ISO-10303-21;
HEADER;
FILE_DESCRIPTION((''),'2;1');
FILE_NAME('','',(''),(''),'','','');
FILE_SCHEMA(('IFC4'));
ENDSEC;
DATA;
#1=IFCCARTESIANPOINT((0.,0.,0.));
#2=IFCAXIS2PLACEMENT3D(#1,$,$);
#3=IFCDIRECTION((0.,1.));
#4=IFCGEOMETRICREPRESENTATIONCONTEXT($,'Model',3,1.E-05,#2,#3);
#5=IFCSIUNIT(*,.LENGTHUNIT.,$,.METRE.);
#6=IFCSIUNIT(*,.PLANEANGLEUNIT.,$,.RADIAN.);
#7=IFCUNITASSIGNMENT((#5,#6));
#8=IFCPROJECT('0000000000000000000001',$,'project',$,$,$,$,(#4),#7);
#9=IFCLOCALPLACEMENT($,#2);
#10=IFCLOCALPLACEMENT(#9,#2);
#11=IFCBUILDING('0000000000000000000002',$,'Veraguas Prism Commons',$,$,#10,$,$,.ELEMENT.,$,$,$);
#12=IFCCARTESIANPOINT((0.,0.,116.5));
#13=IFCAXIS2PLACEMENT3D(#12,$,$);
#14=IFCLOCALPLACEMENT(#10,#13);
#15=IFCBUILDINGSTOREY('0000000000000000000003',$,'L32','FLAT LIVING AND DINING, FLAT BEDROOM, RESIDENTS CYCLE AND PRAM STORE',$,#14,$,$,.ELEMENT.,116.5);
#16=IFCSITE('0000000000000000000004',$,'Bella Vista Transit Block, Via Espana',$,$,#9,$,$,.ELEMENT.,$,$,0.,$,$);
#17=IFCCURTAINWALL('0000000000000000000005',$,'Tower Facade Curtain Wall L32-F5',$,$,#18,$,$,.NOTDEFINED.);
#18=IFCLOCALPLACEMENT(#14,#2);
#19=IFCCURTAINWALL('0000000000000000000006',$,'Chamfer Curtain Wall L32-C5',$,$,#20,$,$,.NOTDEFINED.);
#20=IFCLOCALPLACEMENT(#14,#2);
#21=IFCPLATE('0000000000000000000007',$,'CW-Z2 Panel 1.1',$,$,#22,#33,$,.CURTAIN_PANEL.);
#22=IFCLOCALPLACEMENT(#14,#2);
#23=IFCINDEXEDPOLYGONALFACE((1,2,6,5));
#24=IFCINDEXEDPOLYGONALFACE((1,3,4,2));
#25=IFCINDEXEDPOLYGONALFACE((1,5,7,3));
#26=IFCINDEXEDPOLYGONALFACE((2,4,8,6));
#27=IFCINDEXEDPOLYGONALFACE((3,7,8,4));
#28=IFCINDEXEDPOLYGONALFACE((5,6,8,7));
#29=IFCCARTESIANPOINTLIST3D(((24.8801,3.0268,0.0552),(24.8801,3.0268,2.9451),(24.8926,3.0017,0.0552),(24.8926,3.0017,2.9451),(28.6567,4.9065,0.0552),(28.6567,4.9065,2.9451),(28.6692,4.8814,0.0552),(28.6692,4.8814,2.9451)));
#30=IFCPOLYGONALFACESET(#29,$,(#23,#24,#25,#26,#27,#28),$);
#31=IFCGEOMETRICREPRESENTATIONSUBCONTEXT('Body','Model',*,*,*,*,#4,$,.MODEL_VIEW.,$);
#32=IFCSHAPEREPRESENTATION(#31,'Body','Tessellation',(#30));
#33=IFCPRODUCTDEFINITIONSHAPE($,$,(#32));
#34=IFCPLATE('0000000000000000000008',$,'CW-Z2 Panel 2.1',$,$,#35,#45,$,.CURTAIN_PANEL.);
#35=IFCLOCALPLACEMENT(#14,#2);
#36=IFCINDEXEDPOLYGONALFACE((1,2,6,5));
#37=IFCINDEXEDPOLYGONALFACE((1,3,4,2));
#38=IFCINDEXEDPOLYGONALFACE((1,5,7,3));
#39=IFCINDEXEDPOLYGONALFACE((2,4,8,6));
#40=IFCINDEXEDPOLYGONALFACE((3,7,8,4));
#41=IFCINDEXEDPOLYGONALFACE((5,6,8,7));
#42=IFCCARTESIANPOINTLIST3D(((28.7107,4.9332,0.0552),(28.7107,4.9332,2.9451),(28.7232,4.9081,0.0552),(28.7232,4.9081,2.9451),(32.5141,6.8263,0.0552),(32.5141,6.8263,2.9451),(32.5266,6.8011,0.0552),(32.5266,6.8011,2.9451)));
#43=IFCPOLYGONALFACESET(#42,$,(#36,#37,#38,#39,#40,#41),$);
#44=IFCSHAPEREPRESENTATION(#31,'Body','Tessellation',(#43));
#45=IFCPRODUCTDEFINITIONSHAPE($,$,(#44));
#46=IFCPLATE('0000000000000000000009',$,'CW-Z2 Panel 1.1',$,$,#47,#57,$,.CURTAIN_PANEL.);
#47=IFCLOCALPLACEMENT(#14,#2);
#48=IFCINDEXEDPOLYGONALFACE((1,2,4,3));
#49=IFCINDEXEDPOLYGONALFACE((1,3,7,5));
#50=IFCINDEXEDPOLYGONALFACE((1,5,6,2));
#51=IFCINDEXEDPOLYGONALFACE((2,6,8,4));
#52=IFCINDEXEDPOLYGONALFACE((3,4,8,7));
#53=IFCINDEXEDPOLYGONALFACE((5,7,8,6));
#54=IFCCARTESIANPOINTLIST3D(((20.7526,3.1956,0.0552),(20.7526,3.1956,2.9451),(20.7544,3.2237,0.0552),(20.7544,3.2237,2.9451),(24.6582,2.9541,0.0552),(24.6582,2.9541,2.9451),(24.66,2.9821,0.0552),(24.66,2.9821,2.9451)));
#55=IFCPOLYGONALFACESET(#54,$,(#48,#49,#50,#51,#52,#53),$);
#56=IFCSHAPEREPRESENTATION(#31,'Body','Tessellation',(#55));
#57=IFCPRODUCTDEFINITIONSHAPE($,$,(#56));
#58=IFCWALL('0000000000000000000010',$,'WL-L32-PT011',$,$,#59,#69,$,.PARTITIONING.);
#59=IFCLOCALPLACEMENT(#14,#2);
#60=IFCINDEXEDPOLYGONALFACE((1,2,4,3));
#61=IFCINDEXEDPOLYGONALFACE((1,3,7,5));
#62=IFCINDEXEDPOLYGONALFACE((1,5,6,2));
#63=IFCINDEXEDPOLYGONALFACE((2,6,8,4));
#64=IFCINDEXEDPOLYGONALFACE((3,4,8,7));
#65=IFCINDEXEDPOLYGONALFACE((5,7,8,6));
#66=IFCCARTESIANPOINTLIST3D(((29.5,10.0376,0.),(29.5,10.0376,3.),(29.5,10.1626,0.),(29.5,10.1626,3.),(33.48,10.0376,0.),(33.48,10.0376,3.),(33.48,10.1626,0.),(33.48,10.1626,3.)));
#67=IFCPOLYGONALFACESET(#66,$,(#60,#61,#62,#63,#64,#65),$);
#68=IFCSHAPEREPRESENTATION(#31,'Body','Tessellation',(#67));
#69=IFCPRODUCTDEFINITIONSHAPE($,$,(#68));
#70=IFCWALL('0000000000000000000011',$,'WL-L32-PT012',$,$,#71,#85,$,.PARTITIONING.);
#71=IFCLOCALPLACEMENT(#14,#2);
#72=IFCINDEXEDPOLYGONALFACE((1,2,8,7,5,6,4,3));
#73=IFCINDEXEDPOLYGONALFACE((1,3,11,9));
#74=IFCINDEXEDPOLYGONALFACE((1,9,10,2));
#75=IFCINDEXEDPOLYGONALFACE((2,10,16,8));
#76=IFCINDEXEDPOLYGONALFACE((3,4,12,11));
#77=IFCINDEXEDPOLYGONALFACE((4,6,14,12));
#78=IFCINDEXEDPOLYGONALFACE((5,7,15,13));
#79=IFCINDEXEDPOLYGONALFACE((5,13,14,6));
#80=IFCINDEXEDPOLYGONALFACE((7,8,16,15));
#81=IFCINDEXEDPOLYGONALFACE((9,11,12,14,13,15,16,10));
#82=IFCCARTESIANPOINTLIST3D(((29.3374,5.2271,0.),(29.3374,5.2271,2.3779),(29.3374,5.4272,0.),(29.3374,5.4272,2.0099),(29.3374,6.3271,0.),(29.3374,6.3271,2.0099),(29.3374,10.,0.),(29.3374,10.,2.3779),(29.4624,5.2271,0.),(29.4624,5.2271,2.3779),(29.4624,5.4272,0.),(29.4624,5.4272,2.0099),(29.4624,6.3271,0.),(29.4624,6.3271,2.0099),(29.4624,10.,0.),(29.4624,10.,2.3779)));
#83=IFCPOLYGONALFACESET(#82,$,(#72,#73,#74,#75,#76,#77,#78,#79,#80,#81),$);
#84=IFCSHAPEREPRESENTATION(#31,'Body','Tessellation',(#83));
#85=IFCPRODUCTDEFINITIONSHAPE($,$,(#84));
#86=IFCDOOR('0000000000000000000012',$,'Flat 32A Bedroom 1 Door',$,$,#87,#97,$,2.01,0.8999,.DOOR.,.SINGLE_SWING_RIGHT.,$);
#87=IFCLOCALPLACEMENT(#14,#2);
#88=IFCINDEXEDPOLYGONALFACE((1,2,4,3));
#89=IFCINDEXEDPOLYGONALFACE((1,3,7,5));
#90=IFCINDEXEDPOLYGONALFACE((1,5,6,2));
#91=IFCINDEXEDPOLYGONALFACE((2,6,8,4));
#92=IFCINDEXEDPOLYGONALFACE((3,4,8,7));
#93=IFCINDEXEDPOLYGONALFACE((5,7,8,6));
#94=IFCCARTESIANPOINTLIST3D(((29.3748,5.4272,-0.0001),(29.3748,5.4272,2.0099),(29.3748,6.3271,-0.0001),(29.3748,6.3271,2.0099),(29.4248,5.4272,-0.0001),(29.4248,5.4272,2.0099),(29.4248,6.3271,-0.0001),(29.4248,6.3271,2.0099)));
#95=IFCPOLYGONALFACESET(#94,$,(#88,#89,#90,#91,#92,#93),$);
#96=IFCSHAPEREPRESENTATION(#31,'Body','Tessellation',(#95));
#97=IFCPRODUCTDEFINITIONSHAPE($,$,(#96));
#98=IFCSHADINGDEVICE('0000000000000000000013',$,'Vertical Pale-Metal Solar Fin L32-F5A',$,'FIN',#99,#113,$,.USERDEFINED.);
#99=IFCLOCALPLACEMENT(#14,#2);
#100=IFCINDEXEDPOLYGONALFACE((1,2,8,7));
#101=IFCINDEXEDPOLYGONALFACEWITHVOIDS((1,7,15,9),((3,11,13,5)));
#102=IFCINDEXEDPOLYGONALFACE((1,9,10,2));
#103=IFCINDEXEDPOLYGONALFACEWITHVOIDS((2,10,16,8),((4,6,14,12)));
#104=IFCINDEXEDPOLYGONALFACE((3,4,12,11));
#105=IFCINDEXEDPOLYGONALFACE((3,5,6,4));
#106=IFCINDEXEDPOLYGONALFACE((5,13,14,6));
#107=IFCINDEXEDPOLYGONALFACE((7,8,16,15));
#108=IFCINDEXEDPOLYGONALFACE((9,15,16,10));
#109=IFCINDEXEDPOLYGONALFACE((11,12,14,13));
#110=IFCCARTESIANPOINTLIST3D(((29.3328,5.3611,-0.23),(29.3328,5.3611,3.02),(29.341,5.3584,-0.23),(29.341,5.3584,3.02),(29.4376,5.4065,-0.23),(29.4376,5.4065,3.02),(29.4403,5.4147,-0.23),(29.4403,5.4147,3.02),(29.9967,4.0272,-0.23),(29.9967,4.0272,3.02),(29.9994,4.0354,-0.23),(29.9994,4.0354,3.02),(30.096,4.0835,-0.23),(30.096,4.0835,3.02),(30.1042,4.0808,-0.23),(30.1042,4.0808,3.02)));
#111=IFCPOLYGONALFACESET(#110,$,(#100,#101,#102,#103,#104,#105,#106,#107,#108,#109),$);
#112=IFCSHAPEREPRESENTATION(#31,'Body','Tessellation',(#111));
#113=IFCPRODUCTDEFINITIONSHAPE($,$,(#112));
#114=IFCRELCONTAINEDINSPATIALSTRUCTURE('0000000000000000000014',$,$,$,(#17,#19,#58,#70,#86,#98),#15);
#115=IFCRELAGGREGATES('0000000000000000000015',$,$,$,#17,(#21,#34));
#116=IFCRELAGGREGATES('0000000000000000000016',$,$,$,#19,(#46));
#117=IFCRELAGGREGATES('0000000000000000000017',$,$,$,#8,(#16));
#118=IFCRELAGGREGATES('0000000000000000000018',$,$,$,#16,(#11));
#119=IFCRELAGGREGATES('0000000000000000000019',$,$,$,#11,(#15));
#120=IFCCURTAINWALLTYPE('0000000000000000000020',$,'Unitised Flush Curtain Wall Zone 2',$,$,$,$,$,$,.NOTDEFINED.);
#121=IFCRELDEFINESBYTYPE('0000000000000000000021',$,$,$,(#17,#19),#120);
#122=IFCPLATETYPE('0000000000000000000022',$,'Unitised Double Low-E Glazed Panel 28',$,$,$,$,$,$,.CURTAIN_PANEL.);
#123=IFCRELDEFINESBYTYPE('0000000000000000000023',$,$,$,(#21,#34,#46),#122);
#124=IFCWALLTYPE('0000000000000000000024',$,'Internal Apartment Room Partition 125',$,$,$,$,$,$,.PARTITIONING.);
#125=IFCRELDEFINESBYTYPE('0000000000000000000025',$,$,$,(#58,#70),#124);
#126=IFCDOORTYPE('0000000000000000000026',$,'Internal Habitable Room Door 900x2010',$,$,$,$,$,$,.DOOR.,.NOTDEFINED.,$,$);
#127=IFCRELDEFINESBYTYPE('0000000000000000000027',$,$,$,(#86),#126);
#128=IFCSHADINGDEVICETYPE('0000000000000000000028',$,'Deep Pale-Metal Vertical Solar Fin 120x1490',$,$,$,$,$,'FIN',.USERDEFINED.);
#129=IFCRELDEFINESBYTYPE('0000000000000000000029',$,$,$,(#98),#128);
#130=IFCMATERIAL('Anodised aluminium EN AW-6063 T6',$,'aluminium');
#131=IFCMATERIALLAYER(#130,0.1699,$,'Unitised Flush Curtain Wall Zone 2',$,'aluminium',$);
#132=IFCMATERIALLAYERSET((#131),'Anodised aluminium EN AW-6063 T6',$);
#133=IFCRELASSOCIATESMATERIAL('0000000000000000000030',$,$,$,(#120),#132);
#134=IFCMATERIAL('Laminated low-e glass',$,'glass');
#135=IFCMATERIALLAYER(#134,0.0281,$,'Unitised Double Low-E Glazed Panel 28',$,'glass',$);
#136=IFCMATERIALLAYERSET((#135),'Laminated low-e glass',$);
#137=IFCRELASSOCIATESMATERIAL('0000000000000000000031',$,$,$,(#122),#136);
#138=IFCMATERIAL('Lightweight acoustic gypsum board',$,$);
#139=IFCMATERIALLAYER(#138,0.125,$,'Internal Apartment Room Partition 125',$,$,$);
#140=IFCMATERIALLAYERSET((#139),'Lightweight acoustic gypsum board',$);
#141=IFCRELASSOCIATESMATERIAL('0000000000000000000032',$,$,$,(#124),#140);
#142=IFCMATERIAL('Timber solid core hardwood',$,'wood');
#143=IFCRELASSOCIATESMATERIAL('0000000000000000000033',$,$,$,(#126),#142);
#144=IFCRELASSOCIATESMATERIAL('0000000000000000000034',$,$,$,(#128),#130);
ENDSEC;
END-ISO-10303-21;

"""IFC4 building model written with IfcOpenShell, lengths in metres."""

from ifc_helpers import new_model, si_unit, direction, frame, frame_2d, origin, origin_2d, place, context, subcontext, project, spatial, rectangle, hollow_rectangle, extrude, source, transform, mapped, material, layer, layer_set, material_profile, profile_set, type_object, element, fill, aggregate, save


model = new_model("IFC4")

# Units and contexts
model_context = context("Model", 3, precision=1e-05, world=origin(), true_north=direction((0.0, 1.0)))
body_context = subcontext(model_context, "Body", "Model", "MODEL_VIEW")
ifc_project = project(units=[si_unit("LENGTHUNIT", "METRE"), si_unit("PLANEANGLEUNIT", "RADIAN")], contexts=[model_context])

# Site, building, storey
site_placement = place(None, origin())
site = spatial("IfcSite", under=ifc_project, at=site_placement, Name="Bella Vista Transit Block, Via Espana", CompositionType="ELEMENT", RefElevation=0.0)
building_placement = place(site_placement, origin())
building = spatial("IfcBuilding", under=site, at=building_placement, Name="Veraguas Prism Commons", CompositionType="ELEMENT")
storey_placement = place(building_placement, frame((0.0, 0.0, 116.5)))
storey = spatial("IfcBuildingStorey", under=building, at=storey_placement, Name="L32", Description="FLAT LIVING AND DINING, FLAT BEDROOM, RESIDENTS CYCLE AND PRAM STORE", CompositionType="ELEMENT", Elevation=116.5)

# Curtain wall
ifc_material_1 = material(Name="Anodised aluminium EN AW-6063 T6", Category="aluminium")
ifc_layer_1 = layer(ifc_material_1, 0.1699, Name="Unitised Flush Curtain Wall Zone 2", Category="aluminium")
ifc_layer_set_1 = layer_set([ifc_layer_1], Name="Anodised aluminium EN AW-6063 T6")
curtain_wall_type = type_object("IfcCurtainWallType", Name="Unitised Flush Curtain Wall Zone 2", PredefinedType="NOTDEFINED", material=ifc_layer_set_1)
curtain_wall_1_placement = place(storey_placement, origin())
curtain_wall_1 = element("IfcCurtainWall", 1, at=curtain_wall_1_placement, inside=storey, type_object=curtain_wall_type, Name="Tower Facade Curtain Wall L32-F5", PredefinedType="NOTDEFINED")

# Curtain wall
curtain_wall_2_placement = place(storey_placement, origin())
curtain_wall_2 = element("IfcCurtainWall", 2, at=curtain_wall_2_placement, inside=storey, type_object=curtain_wall_type, Name="Chamfer Curtain Wall L32-C5", PredefinedType="NOTDEFINED")

# Plates
ifc_material_2 = material(Name="Laminated low-e glass", Category="glass")
ifc_layer_2 = layer(ifc_material_2, 0.0281, Name="Unitised Double Low-E Glazed Panel 28", Category="glass")
ifc_layer_set_2 = layer_set([ifc_layer_2], Name="Laminated low-e glass")
plate_type = type_object("IfcPlateType", Name="Unitised Double Low-E Glazed Panel 28", PredefinedType="CURTAIN_PANEL", material=ifc_layer_set_2)
shared_shape_1 = source(origin(), body_context, "Body", "SweptSolid", [
    extrude(rectangle(XDim=4.2185, YDim=0.0281, at=origin_2d()), origin(), (0.0, 0.0, 1.0), 2.8899),
])
plate_1_placement = place(storey_placement, frame((26.7747, 3.9541, 0.0552), z_axis=(0.0, 0.0, 1.0), x_axis=(0.895245, 0.445574, 0.0)))
plate_1 = element("IfcPlate", 3, at=plate_1_placement, type_object=plate_type, Name="CW-Z2 Panel 1.1", PredefinedType="CURTAIN_PANEL", context=body_context, shape_type="MappedRepresentation", body=[
    mapped(shared_shape_1, transform((0.0, 0.0, 0.0), scale=1.0)),
])
shared_shape_2 = source(origin(), body_context, "Body", "SweptSolid", [
    extrude(rectangle(XDim=4.2485, YDim=0.0281, at=origin_2d()), origin(), (0.0, 0.0, 1.0), 2.8899),
])
plate_2_placement = place(storey_placement, frame((30.6187, 5.8672, 0.0552), z_axis=(0.0, 0.0, 1.0), x_axis=(0.895245, 0.445574, 0.0)))
plate_2 = element("IfcPlate", 4, at=plate_2_placement, type_object=plate_type, Name="CW-Z2 Panel 2.1", PredefinedType="CURTAIN_PANEL", context=body_context, shape_type="MappedRepresentation", body=[
    mapped(shared_shape_2, transform((0.0, 0.0, 0.0), scale=1.0)),
])
aggregate(curtain_wall_1, [plate_1, plate_2])
shared_shape_3 = source(origin(), body_context, "Body", "SweptSolid", [
    extrude(rectangle(XDim=3.9131, YDim=0.0281, at=origin_2d()), origin(), (0.0, 0.0, 1.0), 2.8899),
])
plate_3_placement = place(storey_placement, frame((22.7063, 3.0889, 0.0552), z_axis=(0.0, 0.0, 1.0), x_axis=(0.998092, -0.061738, 0.0)))
plate_3 = element("IfcPlate", 5, at=plate_3_placement, type_object=plate_type, Name="CW-Z2 Panel 1.1", PredefinedType="CURTAIN_PANEL", context=body_context, shape_type="MappedRepresentation", body=[
    mapped(shared_shape_3, transform((0.0, 0.0, 0.0), scale=1.0)),
])
aggregate(curtain_wall_2, [plate_3])

# Wall
ifc_material_3 = material(Name="Lightweight acoustic gypsum board")
ifc_layer_3 = layer(ifc_material_3, 0.125, Name="Internal Apartment Room Partition 125")
ifc_layer_set_3 = layer_set([ifc_layer_3], Name="Lightweight acoustic gypsum board")
wall_type = type_object("IfcWallType", Name="Internal Apartment Room Partition 125", PredefinedType="PARTITIONING", material=ifc_layer_set_3)
wall_1_placement = place(storey_placement, frame((29.5, 10.1001, 0.0), z_axis=(0.0, 0.0, 1.0), x_axis=(1.0, 0.0, 0.0)))
element("IfcWall", 6, at=wall_1_placement, inside=storey, type_object=wall_type, Name="WL-L32-PT011", PredefinedType="PARTITIONING", context=body_context, shape_type="SweptSolid", body=[
    extrude(rectangle(XDim=3.98, YDim=0.125, at=frame_2d((1.99, 0.0))), origin(), (0.0, 0.0, 1.0), 3.0),
])

# Wall, opening, door
wall_2_placement = place(storey_placement, frame((29.3999, 10.0, 0.0), z_axis=(0.0, 0.0, 1.0), x_axis=(0.0, -1.0, 0.0)))
wall_2 = element("IfcWall", 7, at=wall_2_placement, inside=storey, type_object=wall_type, Name="WL-L32-PT012", PredefinedType="PARTITIONING", context=body_context, shape_type="SweptSolid", body=[
    extrude(rectangle(XDim=4.7729, YDim=0.125, at=frame_2d((2.3865, 0.0))), origin(), (0.0, 0.0, 1.0), 2.3779),
])
opening_placement = place(wall_2_placement, frame((3.6729, 0.0, 0.0)))
opening = element("IfcOpeningElement", 8, at=opening_placement, cuts=wall_2, PredefinedType="OPENING", context=body_context, shape_type="SweptSolid", body=[
    extrude(rectangle(XDim=0.8999, YDim=2.01, at=frame_2d((0.45, 1.0049))), frame((0.0, 0.0725, 0.0), z_axis=(0.0, -1.0, 0.0), x_axis=(1.0, 0.0, 0.0)), (0.0, 0.0, 1.0), 0.145),
])
ifc_material_4 = material(Name="Timber solid core hardwood", Category="wood")
door_type = type_object("IfcDoorType", Name="Internal Habitable Room Door 900x2010", OperationType="NOTDEFINED", PredefinedType="DOOR", material=ifc_material_4)
shared_shape_4 = source(origin(), body_context, "Body", "SweptSolid", [
    extrude(rectangle(XDim=0.8999, YDim=2.01, at=frame_2d((0.45, 1.0049))), frame((0.0, 0.0249, 0.0), z_axis=(0.0, -1.0, 0.0), x_axis=(1.0, 0.0, 0.0)), (0.0, 0.0, 1.0), 0.05),
])
door_placement = place(opening_placement, origin())
door = element("IfcDoor", 9, at=door_placement, inside=storey, type_object=door_type, Name="Flat 32A Bedroom 1 Door", OperationType="SINGLE_SWING_RIGHT", OverallHeight=2.01, OverallWidth=0.8999, PredefinedType="DOOR", context=body_context, shape_type="MappedRepresentation", body=[
    mapped(shared_shape_4, transform((0.0, 0.0, 0.0), scale=1.0)),
])
fill(opening, door)

# Shading device
ifc_material_profile_1 = material_profile(ifc_material_1, hollow_rectangle(XDim=0.1201, YDim=1.49, WallThickness=0.0061, at=origin_2d()), Name="FIN120X1490X6")
ifc_profile_set_1 = profile_set([ifc_material_profile_1], Name="Anodised aluminium EN AW-6063 T6")
shading_device_type = type_object("IfcShadingDeviceType", Name="Deep Pale-Metal Vertical Solar Fin 120x1490", ElementType="FIN", PredefinedType="USERDEFINED", material=ifc_profile_set_1)
shading_device_placement = place(storey_placement, frame((29.7185, 4.7209, -0.23), z_axis=(0.0, 0.0, 1.0), x_axis=(0.895246, 0.445571, 0.0)))
element("IfcShadingDevice", 10, at=shading_device_placement, inside=storey, type_object=shading_device_type, Name="Vertical Pale-Metal Solar Fin L32-F5A", ObjectType="FIN", PredefinedType="USERDEFINED", context=body_context, shape_type="SweptSolid", body=[
    extrude(hollow_rectangle(XDim=0.1201, YDim=1.49, WallThickness=0.0061, at=origin_2d()), origin(), (0.0, 0.0, 1.0), 3.25),
])

save(model, "model.ifc")
